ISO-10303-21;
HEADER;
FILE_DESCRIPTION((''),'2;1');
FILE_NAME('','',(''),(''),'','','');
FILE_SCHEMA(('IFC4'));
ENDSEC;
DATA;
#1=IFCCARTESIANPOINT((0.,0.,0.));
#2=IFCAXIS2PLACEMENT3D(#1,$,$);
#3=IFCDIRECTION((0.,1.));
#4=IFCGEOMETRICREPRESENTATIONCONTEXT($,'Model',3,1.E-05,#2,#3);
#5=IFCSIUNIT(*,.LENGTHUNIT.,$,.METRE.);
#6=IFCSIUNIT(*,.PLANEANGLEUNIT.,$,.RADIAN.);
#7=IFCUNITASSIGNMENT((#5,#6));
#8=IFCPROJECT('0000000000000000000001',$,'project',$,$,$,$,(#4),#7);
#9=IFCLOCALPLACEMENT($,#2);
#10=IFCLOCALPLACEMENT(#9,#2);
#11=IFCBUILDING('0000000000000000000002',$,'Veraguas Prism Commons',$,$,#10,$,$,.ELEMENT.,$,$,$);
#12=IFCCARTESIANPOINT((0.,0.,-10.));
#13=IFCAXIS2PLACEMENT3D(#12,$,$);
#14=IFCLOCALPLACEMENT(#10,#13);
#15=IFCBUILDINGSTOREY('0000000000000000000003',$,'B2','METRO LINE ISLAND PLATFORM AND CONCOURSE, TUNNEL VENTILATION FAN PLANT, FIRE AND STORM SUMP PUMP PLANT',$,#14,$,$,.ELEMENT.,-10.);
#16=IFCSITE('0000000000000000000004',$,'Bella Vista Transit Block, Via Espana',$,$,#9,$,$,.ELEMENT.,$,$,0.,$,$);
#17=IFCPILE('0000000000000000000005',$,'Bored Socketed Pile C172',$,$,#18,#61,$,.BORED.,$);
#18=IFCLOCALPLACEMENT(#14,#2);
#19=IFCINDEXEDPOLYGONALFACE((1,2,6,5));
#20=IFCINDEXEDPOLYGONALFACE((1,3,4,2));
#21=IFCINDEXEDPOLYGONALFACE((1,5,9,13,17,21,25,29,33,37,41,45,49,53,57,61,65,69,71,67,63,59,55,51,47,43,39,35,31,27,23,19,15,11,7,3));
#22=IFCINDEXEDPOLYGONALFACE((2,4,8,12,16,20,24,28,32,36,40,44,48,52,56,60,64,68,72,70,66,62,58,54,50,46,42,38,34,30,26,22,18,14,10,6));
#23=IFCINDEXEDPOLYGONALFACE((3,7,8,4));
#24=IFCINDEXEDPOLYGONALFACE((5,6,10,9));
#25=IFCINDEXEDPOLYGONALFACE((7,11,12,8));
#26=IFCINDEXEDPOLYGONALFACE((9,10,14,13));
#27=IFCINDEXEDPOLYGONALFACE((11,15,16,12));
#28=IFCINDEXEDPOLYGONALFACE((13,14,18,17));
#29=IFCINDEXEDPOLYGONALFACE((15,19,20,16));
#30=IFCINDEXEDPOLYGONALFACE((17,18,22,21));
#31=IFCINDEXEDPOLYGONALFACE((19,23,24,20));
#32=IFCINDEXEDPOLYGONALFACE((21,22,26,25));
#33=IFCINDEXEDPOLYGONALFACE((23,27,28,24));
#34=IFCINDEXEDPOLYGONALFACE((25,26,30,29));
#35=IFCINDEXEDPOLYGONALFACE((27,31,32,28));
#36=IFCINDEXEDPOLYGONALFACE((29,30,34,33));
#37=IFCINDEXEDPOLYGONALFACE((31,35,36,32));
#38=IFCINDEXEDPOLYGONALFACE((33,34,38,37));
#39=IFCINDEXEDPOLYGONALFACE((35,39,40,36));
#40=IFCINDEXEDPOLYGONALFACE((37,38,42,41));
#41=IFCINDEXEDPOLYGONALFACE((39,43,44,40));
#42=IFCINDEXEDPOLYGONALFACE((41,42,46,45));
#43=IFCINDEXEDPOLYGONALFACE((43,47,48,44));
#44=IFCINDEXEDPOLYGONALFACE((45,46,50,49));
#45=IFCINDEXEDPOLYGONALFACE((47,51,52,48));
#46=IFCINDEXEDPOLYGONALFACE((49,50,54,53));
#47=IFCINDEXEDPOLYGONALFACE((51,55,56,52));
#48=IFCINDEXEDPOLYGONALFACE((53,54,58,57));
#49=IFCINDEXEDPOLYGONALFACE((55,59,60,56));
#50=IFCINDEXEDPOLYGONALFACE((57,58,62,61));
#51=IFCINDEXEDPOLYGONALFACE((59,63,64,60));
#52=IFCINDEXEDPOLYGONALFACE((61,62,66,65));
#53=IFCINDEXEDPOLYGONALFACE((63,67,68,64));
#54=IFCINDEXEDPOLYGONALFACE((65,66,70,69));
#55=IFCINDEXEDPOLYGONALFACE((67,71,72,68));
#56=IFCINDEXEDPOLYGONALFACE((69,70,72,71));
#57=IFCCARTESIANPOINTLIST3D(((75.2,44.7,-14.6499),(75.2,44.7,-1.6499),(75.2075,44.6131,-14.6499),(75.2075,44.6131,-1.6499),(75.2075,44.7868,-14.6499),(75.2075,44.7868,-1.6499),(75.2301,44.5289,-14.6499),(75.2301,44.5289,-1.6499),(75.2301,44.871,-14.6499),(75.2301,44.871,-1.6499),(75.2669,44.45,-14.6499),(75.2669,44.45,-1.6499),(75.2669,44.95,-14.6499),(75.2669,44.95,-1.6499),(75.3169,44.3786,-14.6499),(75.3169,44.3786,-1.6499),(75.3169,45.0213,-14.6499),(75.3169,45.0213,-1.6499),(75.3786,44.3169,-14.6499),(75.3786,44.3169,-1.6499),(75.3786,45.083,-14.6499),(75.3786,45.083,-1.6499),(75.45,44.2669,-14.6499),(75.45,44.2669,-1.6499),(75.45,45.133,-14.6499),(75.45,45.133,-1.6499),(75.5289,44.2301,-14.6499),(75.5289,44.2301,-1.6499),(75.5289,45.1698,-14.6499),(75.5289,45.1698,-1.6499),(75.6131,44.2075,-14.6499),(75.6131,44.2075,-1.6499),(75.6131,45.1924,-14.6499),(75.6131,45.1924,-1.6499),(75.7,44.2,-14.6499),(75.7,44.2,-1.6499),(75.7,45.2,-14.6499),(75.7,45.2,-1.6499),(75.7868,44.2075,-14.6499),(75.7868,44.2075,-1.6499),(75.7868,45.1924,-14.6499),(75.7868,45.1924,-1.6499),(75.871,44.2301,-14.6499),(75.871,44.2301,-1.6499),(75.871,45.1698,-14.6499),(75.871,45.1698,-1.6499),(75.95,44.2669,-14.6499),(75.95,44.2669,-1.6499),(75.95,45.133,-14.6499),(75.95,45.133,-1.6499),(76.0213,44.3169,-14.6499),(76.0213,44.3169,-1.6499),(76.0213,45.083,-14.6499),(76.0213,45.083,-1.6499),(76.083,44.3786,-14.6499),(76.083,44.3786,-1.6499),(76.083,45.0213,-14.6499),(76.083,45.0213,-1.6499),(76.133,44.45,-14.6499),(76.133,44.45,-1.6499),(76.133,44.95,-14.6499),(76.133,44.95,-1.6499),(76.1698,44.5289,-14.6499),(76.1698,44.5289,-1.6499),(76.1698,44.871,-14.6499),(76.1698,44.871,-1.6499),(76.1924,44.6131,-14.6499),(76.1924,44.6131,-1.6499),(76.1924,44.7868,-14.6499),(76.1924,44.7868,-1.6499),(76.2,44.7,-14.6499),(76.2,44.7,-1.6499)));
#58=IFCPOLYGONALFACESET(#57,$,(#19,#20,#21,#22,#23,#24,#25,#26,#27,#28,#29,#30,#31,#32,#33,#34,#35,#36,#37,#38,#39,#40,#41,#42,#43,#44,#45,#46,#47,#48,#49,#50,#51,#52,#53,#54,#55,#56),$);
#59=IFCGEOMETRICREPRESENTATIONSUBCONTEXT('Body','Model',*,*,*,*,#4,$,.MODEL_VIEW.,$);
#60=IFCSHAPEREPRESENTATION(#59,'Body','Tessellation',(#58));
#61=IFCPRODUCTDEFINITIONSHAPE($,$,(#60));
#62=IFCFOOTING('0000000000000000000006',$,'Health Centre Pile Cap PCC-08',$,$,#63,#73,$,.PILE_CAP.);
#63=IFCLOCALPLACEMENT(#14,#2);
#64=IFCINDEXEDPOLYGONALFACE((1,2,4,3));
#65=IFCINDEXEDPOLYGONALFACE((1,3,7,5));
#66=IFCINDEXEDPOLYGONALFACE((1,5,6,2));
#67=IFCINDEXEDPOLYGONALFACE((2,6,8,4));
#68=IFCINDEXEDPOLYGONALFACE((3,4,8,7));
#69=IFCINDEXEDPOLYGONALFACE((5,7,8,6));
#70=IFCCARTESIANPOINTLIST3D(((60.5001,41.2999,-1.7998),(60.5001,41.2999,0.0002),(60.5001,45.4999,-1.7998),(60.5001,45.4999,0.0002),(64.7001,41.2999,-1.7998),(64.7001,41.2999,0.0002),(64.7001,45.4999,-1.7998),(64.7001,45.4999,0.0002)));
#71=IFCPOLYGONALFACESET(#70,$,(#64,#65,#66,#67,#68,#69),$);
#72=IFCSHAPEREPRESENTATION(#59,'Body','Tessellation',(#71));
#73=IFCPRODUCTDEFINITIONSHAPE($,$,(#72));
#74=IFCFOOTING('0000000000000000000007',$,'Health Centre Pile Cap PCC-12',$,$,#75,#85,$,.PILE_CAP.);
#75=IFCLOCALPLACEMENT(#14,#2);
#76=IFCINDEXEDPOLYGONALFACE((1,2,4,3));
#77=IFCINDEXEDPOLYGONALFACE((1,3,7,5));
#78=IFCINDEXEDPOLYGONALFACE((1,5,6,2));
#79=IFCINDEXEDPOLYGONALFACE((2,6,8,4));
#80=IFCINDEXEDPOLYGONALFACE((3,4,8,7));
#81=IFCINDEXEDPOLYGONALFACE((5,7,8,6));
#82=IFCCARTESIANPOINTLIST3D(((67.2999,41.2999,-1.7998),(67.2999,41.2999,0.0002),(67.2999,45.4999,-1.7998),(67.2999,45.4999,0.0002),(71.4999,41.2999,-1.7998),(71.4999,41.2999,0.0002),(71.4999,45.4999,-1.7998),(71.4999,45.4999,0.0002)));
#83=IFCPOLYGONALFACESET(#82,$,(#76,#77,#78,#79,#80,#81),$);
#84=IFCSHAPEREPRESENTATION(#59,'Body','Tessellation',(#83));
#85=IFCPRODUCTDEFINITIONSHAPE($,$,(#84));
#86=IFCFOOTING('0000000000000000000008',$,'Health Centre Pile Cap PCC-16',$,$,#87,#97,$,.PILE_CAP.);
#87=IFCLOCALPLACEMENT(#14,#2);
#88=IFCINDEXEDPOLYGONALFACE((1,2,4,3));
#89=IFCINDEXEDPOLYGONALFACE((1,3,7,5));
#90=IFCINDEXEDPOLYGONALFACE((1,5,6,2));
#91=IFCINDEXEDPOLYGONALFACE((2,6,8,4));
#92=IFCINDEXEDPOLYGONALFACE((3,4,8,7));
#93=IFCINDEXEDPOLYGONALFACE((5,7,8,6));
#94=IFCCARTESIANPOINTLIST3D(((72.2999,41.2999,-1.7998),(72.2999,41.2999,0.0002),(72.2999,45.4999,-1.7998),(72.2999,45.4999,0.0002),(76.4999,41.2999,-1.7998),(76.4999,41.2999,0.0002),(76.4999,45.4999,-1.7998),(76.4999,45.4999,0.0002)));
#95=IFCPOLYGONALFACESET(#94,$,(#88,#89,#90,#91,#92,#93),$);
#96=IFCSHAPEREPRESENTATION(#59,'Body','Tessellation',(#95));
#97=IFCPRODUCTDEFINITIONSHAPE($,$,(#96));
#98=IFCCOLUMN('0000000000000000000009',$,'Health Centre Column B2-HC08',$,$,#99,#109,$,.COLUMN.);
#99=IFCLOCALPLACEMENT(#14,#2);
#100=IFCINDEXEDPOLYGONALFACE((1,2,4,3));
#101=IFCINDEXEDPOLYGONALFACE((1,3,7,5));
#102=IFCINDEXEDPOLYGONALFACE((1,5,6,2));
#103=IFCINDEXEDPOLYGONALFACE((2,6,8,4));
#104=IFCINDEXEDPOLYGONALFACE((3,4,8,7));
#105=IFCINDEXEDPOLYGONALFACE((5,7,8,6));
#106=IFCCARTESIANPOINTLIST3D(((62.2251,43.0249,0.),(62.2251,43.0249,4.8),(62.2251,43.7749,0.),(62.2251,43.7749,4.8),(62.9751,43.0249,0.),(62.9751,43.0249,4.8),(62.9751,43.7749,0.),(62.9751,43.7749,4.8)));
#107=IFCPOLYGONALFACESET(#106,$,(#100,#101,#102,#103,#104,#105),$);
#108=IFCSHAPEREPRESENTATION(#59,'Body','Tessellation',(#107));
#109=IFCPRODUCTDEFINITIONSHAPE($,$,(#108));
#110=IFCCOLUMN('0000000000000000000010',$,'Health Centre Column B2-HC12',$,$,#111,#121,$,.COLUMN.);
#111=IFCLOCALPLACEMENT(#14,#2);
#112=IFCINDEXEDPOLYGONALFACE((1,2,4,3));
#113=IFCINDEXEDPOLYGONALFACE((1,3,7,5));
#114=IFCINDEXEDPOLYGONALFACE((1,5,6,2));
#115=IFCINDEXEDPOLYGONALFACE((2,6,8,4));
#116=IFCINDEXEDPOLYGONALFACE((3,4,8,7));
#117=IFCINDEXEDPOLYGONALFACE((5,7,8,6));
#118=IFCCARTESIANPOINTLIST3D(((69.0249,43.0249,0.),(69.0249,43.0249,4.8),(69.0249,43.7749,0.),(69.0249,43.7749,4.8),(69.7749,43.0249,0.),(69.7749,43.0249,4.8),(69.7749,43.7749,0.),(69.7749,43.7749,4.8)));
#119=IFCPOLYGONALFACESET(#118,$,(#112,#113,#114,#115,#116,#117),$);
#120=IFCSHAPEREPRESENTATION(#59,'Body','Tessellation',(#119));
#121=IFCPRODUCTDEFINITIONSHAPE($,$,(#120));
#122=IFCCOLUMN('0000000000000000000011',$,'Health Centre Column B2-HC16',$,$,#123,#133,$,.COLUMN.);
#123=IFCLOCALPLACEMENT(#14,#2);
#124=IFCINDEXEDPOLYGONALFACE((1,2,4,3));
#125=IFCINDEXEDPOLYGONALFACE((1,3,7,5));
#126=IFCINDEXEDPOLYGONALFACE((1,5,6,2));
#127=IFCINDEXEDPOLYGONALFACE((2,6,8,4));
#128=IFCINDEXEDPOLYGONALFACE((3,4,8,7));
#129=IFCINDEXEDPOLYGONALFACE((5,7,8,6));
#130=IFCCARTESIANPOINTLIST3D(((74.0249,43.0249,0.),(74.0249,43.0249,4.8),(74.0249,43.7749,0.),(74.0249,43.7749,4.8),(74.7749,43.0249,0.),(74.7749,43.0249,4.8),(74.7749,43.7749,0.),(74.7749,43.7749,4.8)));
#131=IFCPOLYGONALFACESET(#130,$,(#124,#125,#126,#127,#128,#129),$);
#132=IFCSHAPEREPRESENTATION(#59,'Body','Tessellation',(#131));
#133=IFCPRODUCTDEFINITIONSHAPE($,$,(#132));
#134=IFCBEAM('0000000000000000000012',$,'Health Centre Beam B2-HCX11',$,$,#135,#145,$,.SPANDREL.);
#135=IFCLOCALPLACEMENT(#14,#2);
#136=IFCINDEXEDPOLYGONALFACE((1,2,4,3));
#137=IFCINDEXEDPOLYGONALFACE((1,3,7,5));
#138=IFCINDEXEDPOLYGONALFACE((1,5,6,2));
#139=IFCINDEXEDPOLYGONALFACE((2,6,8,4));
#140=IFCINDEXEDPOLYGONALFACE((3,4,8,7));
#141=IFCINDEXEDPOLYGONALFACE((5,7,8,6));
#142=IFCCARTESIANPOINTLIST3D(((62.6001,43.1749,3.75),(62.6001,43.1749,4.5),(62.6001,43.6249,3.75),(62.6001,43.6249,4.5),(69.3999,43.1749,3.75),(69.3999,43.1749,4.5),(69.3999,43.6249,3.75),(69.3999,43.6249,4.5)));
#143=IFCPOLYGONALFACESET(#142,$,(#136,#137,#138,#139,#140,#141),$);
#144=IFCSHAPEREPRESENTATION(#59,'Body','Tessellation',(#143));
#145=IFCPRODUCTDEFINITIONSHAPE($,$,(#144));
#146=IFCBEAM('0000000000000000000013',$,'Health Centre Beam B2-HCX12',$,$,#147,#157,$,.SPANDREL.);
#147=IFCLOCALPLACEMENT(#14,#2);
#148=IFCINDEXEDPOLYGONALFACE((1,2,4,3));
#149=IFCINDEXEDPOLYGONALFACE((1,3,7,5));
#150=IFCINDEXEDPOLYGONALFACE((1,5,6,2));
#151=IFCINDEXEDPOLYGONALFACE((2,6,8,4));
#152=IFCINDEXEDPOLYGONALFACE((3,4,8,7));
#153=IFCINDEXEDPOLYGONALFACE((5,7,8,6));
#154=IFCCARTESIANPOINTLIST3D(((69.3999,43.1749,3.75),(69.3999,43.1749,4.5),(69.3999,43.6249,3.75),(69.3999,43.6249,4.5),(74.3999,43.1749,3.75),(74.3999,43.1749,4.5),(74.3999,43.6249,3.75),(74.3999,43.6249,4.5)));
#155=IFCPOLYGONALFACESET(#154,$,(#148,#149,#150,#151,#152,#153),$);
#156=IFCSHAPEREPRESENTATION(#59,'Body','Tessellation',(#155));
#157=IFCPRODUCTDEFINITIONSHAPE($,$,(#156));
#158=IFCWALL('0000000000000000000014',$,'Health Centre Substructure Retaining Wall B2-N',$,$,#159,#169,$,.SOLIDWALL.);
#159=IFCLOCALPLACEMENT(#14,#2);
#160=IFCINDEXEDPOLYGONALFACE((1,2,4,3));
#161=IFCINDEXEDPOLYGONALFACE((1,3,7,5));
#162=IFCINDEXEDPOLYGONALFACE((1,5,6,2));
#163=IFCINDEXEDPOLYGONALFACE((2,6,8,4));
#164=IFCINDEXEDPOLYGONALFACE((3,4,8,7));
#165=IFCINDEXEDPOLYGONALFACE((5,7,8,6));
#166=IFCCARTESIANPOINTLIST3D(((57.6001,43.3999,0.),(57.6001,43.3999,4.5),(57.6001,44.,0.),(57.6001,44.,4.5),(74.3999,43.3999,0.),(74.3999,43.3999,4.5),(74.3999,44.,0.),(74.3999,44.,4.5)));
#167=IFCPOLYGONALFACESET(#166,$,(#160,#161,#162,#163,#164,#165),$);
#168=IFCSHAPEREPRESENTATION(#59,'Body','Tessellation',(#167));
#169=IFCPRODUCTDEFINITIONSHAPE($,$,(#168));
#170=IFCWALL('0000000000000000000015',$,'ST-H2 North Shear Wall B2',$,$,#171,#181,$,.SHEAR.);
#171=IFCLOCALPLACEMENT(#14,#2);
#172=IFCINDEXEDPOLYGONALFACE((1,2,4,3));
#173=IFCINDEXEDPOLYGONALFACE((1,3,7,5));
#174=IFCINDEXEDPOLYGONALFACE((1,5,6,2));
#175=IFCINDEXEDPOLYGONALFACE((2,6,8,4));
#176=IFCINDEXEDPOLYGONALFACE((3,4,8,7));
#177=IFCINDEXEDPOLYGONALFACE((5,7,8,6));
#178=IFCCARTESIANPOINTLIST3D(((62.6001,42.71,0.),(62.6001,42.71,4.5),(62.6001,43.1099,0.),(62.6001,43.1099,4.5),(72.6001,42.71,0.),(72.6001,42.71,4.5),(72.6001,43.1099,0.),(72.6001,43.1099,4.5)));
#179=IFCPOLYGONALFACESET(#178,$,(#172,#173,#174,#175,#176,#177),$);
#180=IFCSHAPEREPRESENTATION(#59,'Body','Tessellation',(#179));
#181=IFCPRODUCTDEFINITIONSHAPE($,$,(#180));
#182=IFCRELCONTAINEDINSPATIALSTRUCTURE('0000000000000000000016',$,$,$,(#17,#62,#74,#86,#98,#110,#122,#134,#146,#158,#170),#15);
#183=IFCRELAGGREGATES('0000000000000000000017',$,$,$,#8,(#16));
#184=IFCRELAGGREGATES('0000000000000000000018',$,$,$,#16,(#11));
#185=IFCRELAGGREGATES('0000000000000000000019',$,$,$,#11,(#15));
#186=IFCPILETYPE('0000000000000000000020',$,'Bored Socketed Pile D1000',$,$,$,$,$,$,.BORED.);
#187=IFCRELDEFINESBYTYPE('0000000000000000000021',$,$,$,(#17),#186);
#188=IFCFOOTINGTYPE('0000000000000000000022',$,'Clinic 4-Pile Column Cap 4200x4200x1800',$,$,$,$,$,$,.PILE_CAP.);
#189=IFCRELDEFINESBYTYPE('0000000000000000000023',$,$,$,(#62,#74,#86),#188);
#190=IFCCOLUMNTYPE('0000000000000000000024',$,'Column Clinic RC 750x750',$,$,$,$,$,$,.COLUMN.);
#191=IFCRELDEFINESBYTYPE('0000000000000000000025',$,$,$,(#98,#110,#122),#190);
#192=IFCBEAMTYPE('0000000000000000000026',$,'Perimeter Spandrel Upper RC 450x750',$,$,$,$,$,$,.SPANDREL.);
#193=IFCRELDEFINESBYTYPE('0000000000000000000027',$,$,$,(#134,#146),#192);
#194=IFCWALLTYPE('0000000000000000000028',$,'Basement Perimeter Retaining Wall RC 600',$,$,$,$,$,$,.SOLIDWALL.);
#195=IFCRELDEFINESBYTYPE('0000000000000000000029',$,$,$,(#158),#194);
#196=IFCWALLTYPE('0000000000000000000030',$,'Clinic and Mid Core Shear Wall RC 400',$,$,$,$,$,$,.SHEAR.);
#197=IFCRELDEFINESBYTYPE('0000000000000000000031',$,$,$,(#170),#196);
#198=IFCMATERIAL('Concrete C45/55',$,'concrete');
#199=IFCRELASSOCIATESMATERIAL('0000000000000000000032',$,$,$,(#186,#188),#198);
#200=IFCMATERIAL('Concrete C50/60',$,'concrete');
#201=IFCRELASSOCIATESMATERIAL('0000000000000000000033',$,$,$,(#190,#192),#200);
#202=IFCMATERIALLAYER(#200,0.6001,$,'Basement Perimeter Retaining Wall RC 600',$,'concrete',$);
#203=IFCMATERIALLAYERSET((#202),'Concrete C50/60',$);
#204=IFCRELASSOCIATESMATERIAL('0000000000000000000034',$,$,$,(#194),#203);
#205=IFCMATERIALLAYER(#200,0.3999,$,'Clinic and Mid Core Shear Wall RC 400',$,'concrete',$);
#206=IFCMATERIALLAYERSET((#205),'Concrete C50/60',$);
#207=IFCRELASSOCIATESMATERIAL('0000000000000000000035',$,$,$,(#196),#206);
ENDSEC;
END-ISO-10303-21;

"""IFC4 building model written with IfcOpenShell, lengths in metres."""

from ifc_helpers import new_model, si_unit, direction, frame, frame_2d, origin, origin_2d, place, context, subcontext, project, spatial, rectangle, circle, extrude, source, transform, mapped, material, layer, layer_set, material_profile, profile_set, type_object, element, save


model = new_model("IFC4")

# Units and contexts
model_context = context("Model", 3, precision=1e-05, world=origin(), true_north=direction((0.0, 1.0)))
body_context = subcontext(model_context, "Body", "Model", "MODEL_VIEW")
ifc_project = project(units=[si_unit("LENGTHUNIT", "METRE"), si_unit("PLANEANGLEUNIT", "RADIAN")], contexts=[model_context])

# Site, building, storey
site_placement = place(None, origin())
site = spatial("IfcSite", under=ifc_project, at=site_placement, Name="Bella Vista Transit Block, Via Espana", CompositionType="ELEMENT", RefElevation=0.0)
building_placement = place(site_placement, origin())
building = spatial("IfcBuilding", under=site, at=building_placement, Name="Veraguas Prism Commons", CompositionType="ELEMENT")
storey_placement = place(building_placement, frame((0.0, 0.0, -10.0)))
storey = spatial("IfcBuildingStorey", under=building, at=storey_placement, Name="B2", Description="METRO LINE ISLAND PLATFORM AND CONCOURSE, TUNNEL VENTILATION FAN PLANT, FIRE AND STORM SUMP PUMP PLANT", CompositionType="ELEMENT", Elevation=-10.0)

# Shared definitions
ifc_material_1 = material(Name="Concrete C45/55", Category="concrete")

# Pile
ifc_material_profile_1 = material_profile(ifc_material_1, circle(Radius=0.5, at=origin_2d()), Name="PILE1000")
ifc_profile_set_1 = profile_set([ifc_material_profile_1], Name="Concrete C45/55")
pile_type = type_object("IfcPileType", Name="Bored Socketed Pile D1000", PredefinedType="BORED", material=ifc_profile_set_1)
shared_shape_1 = source(origin(), body_context, "Body", "SweptSolid", [
    extrude(circle(Radius=0.5, at=origin_2d()), origin(), (0.0, 0.0, 1.0), 13.0),
])
for number, where, z_axis, x_axis, name in (
    (1, (75.7, 44.7, -1.6499), (0.0, 0.0, -1.0), (1.0, 0.0, 0.0), "Bored Socketed Pile C172"),
):
    element("IfcPile", number, at=place(storey_placement, frame(where, z_axis=z_axis, x_axis=x_axis)), inside=storey, type_object=pile_type, Name=name, PredefinedType="BORED", context=body_context, shape_type="MappedRepresentation", body=[
        mapped(shared_shape_1, transform((0.0, 0.0, 0.0), scale=1.0)),
    ])

# Footings
footing_type_1 = type_object("IfcFootingType", Name="Clinic 4-Pile Column Cap 4200x4200x1800", PredefinedType="PILE_CAP", material=ifc_material_1)
shared_shape_2 = source(origin(), body_context, "Body", "SweptSolid", [
    extrude(rectangle(XDim=4.2, YDim=4.2, at=origin_2d()), origin(), (0.0, 0.0, 1.0), 1.8),
])
for number, where, z_axis, x_axis, name in (
    (2, (62.6001, 43.3999, -1.7998), (0.0, 0.0, 1.0), (1.0, 0.0, 0.0), "Health Centre Pile Cap PCC-08"),
    (3, (69.3999, 43.3999, -1.7998), (0.0, 0.0, 1.0), (1.0, 0.0, 0.0), "Health Centre Pile Cap PCC-12"),
    (4, (74.3999, 43.3999, -1.7998), (0.0, 0.0, 1.0), (1.0, 0.0, 0.0), "Health Centre Pile Cap PCC-16"),
):
    element("IfcFooting", number, at=place(storey_placement, frame(where, z_axis=z_axis, x_axis=x_axis)), inside=storey, type_object=footing_type_1, Name=name, PredefinedType="PILE_CAP", context=body_context, shape_type="MappedRepresentation", body=[
        mapped(shared_shape_2, transform((0.0, 0.0, 0.0), scale=1.0)),
    ])

# Columns
ifc_material_2 = material(Name="Concrete C50/60", Category="concrete")
ifc_material_profile_2 = material_profile(ifc_material_2, rectangle(XDim=0.75, YDim=0.75, at=origin_2d()), Name="RC750X750")
ifc_profile_set_2 = profile_set([ifc_material_profile_2], Name="Concrete C50/60")
column_type = type_object("IfcColumnType", Name="Column Clinic RC 750x750", PredefinedType="COLUMN", material=ifc_profile_set_2)
for number, where, z_axis, x_axis, name in (
    (5, (62.6001, 43.3999, 0.0), (0.0, 0.0, 1.0), (1.0, 0.0, 0.0), "Health Centre Column B2-HC08"),
    (6, (69.3999, 43.3999, 0.0), (0.0, 0.0, 1.0), (1.0, 0.0, 0.0), "Health Centre Column B2-HC12"),
    (7, (74.3999, 43.3999, 0.0), (0.0, 0.0, 1.0), (1.0, 0.0, 0.0), "Health Centre Column B2-HC16"),
):
    element("IfcColumn", number, at=place(storey_placement, frame(where, z_axis=z_axis, x_axis=x_axis)), inside=storey, type_object=column_type, Name=name, PredefinedType="COLUMN", context=body_context, shape_type="SweptSolid", body=[
        extrude(rectangle(XDim=0.75, YDim=0.75, at=origin_2d()), origin(), (0.0, 0.0, 1.0), 4.8),
    ])

# Beams
ifc_material_profile_3 = material_profile(ifc_material_2, rectangle(XDim=0.45, YDim=0.75, at=origin_2d()), Name="RC450X750")
ifc_profile_set_3 = profile_set([ifc_material_profile_3], Name="Concrete C50/60")
beam_type = type_object("IfcBeamType", Name="Perimeter Spandrel Upper RC 450x750", PredefinedType="SPANDREL", material=ifc_profile_set_3)
beam_1_placement = place(storey_placement, frame((62.6001, 43.3999, 4.125), z_axis=(1.0, 0.0, 0.0), x_axis=(0.0, 1.0, 0.0)))
element("IfcBeam", 8, at=beam_1_placement, inside=storey, type_object=beam_type, Name="Health Centre Beam B2-HCX11", PredefinedType="SPANDREL", context=body_context, shape_type="SweptSolid", body=[
    extrude(rectangle(XDim=0.45, YDim=0.75, at=origin_2d()), origin(), (0.0, 0.0, 1.0), 6.7998),
])
beam_2_placement = place(storey_placement, frame((69.3999, 43.3999, 4.125), z_axis=(1.0, 0.0, 0.0), x_axis=(0.0, 1.0, 0.0)))
element("IfcBeam", 9, at=beam_2_placement, inside=storey, type_object=beam_type, Name="Health Centre Beam B2-HCX12", PredefinedType="SPANDREL", context=body_context, shape_type="SweptSolid", body=[
    extrude(rectangle(XDim=0.45, YDim=0.75, at=origin_2d()), origin(), (0.0, 0.0, 1.0), 5.0),
])

# Walls
ifc_layer_1 = layer(ifc_material_2, 0.6001, Name="Basement Perimeter Retaining Wall RC 600", Category="concrete")
ifc_layer_set_1 = layer_set([ifc_layer_1], Name="Concrete C50/60")
wall_type_1 = type_object("IfcWallType", Name="Basement Perimeter Retaining Wall RC 600", PredefinedType="SOLIDWALL", material=ifc_layer_set_1)
wall_1_placement = place(storey_placement, frame((74.3999, 43.7, 0.0), z_axis=(0.0, 0.0, 1.0), x_axis=(-1.0, 0.0, 0.0)))
element("IfcWall", 10, at=wall_1_placement, inside=storey, type_object=wall_type_1, Name="Health Centre Substructure Retaining Wall B2-N", PredefinedType="SOLIDWALL", context=body_context, shape_type="SweptSolid", body=[
    extrude(rectangle(XDim=16.7998, YDim=0.6001, at=frame_2d((8.3999, 0.0))), origin(), (0.0, 0.0, 1.0), 4.5),
])
ifc_layer_2 = layer(ifc_material_2, 0.3999, Name="Clinic and Mid Core Shear Wall RC 400", Category="concrete")
ifc_layer_set_2 = layer_set([ifc_layer_2], Name="Concrete C50/60")
wall_type_2 = type_object("IfcWallType", Name="Clinic and Mid Core Shear Wall RC 400", PredefinedType="SHEAR", material=ifc_layer_set_2)
wall_2_placement = place(storey_placement, frame((62.6001, 42.9099, 0.0), z_axis=(0.0, 0.0, 1.0), x_axis=(1.0, 0.0, 0.0)))
element("IfcWall", 11, at=wall_2_placement, inside=storey, type_object=wall_type_2, Name="ST-H2 North Shear Wall B2", PredefinedType="SHEAR", context=body_context, shape_type="SweptSolid", body=[
    extrude(rectangle(XDim=10.0, YDim=0.3999, at=frame_2d((5.0, 0.0))), origin(), (0.0, 0.0, 1.0), 4.5),
])

save(model, "model.ifc")
